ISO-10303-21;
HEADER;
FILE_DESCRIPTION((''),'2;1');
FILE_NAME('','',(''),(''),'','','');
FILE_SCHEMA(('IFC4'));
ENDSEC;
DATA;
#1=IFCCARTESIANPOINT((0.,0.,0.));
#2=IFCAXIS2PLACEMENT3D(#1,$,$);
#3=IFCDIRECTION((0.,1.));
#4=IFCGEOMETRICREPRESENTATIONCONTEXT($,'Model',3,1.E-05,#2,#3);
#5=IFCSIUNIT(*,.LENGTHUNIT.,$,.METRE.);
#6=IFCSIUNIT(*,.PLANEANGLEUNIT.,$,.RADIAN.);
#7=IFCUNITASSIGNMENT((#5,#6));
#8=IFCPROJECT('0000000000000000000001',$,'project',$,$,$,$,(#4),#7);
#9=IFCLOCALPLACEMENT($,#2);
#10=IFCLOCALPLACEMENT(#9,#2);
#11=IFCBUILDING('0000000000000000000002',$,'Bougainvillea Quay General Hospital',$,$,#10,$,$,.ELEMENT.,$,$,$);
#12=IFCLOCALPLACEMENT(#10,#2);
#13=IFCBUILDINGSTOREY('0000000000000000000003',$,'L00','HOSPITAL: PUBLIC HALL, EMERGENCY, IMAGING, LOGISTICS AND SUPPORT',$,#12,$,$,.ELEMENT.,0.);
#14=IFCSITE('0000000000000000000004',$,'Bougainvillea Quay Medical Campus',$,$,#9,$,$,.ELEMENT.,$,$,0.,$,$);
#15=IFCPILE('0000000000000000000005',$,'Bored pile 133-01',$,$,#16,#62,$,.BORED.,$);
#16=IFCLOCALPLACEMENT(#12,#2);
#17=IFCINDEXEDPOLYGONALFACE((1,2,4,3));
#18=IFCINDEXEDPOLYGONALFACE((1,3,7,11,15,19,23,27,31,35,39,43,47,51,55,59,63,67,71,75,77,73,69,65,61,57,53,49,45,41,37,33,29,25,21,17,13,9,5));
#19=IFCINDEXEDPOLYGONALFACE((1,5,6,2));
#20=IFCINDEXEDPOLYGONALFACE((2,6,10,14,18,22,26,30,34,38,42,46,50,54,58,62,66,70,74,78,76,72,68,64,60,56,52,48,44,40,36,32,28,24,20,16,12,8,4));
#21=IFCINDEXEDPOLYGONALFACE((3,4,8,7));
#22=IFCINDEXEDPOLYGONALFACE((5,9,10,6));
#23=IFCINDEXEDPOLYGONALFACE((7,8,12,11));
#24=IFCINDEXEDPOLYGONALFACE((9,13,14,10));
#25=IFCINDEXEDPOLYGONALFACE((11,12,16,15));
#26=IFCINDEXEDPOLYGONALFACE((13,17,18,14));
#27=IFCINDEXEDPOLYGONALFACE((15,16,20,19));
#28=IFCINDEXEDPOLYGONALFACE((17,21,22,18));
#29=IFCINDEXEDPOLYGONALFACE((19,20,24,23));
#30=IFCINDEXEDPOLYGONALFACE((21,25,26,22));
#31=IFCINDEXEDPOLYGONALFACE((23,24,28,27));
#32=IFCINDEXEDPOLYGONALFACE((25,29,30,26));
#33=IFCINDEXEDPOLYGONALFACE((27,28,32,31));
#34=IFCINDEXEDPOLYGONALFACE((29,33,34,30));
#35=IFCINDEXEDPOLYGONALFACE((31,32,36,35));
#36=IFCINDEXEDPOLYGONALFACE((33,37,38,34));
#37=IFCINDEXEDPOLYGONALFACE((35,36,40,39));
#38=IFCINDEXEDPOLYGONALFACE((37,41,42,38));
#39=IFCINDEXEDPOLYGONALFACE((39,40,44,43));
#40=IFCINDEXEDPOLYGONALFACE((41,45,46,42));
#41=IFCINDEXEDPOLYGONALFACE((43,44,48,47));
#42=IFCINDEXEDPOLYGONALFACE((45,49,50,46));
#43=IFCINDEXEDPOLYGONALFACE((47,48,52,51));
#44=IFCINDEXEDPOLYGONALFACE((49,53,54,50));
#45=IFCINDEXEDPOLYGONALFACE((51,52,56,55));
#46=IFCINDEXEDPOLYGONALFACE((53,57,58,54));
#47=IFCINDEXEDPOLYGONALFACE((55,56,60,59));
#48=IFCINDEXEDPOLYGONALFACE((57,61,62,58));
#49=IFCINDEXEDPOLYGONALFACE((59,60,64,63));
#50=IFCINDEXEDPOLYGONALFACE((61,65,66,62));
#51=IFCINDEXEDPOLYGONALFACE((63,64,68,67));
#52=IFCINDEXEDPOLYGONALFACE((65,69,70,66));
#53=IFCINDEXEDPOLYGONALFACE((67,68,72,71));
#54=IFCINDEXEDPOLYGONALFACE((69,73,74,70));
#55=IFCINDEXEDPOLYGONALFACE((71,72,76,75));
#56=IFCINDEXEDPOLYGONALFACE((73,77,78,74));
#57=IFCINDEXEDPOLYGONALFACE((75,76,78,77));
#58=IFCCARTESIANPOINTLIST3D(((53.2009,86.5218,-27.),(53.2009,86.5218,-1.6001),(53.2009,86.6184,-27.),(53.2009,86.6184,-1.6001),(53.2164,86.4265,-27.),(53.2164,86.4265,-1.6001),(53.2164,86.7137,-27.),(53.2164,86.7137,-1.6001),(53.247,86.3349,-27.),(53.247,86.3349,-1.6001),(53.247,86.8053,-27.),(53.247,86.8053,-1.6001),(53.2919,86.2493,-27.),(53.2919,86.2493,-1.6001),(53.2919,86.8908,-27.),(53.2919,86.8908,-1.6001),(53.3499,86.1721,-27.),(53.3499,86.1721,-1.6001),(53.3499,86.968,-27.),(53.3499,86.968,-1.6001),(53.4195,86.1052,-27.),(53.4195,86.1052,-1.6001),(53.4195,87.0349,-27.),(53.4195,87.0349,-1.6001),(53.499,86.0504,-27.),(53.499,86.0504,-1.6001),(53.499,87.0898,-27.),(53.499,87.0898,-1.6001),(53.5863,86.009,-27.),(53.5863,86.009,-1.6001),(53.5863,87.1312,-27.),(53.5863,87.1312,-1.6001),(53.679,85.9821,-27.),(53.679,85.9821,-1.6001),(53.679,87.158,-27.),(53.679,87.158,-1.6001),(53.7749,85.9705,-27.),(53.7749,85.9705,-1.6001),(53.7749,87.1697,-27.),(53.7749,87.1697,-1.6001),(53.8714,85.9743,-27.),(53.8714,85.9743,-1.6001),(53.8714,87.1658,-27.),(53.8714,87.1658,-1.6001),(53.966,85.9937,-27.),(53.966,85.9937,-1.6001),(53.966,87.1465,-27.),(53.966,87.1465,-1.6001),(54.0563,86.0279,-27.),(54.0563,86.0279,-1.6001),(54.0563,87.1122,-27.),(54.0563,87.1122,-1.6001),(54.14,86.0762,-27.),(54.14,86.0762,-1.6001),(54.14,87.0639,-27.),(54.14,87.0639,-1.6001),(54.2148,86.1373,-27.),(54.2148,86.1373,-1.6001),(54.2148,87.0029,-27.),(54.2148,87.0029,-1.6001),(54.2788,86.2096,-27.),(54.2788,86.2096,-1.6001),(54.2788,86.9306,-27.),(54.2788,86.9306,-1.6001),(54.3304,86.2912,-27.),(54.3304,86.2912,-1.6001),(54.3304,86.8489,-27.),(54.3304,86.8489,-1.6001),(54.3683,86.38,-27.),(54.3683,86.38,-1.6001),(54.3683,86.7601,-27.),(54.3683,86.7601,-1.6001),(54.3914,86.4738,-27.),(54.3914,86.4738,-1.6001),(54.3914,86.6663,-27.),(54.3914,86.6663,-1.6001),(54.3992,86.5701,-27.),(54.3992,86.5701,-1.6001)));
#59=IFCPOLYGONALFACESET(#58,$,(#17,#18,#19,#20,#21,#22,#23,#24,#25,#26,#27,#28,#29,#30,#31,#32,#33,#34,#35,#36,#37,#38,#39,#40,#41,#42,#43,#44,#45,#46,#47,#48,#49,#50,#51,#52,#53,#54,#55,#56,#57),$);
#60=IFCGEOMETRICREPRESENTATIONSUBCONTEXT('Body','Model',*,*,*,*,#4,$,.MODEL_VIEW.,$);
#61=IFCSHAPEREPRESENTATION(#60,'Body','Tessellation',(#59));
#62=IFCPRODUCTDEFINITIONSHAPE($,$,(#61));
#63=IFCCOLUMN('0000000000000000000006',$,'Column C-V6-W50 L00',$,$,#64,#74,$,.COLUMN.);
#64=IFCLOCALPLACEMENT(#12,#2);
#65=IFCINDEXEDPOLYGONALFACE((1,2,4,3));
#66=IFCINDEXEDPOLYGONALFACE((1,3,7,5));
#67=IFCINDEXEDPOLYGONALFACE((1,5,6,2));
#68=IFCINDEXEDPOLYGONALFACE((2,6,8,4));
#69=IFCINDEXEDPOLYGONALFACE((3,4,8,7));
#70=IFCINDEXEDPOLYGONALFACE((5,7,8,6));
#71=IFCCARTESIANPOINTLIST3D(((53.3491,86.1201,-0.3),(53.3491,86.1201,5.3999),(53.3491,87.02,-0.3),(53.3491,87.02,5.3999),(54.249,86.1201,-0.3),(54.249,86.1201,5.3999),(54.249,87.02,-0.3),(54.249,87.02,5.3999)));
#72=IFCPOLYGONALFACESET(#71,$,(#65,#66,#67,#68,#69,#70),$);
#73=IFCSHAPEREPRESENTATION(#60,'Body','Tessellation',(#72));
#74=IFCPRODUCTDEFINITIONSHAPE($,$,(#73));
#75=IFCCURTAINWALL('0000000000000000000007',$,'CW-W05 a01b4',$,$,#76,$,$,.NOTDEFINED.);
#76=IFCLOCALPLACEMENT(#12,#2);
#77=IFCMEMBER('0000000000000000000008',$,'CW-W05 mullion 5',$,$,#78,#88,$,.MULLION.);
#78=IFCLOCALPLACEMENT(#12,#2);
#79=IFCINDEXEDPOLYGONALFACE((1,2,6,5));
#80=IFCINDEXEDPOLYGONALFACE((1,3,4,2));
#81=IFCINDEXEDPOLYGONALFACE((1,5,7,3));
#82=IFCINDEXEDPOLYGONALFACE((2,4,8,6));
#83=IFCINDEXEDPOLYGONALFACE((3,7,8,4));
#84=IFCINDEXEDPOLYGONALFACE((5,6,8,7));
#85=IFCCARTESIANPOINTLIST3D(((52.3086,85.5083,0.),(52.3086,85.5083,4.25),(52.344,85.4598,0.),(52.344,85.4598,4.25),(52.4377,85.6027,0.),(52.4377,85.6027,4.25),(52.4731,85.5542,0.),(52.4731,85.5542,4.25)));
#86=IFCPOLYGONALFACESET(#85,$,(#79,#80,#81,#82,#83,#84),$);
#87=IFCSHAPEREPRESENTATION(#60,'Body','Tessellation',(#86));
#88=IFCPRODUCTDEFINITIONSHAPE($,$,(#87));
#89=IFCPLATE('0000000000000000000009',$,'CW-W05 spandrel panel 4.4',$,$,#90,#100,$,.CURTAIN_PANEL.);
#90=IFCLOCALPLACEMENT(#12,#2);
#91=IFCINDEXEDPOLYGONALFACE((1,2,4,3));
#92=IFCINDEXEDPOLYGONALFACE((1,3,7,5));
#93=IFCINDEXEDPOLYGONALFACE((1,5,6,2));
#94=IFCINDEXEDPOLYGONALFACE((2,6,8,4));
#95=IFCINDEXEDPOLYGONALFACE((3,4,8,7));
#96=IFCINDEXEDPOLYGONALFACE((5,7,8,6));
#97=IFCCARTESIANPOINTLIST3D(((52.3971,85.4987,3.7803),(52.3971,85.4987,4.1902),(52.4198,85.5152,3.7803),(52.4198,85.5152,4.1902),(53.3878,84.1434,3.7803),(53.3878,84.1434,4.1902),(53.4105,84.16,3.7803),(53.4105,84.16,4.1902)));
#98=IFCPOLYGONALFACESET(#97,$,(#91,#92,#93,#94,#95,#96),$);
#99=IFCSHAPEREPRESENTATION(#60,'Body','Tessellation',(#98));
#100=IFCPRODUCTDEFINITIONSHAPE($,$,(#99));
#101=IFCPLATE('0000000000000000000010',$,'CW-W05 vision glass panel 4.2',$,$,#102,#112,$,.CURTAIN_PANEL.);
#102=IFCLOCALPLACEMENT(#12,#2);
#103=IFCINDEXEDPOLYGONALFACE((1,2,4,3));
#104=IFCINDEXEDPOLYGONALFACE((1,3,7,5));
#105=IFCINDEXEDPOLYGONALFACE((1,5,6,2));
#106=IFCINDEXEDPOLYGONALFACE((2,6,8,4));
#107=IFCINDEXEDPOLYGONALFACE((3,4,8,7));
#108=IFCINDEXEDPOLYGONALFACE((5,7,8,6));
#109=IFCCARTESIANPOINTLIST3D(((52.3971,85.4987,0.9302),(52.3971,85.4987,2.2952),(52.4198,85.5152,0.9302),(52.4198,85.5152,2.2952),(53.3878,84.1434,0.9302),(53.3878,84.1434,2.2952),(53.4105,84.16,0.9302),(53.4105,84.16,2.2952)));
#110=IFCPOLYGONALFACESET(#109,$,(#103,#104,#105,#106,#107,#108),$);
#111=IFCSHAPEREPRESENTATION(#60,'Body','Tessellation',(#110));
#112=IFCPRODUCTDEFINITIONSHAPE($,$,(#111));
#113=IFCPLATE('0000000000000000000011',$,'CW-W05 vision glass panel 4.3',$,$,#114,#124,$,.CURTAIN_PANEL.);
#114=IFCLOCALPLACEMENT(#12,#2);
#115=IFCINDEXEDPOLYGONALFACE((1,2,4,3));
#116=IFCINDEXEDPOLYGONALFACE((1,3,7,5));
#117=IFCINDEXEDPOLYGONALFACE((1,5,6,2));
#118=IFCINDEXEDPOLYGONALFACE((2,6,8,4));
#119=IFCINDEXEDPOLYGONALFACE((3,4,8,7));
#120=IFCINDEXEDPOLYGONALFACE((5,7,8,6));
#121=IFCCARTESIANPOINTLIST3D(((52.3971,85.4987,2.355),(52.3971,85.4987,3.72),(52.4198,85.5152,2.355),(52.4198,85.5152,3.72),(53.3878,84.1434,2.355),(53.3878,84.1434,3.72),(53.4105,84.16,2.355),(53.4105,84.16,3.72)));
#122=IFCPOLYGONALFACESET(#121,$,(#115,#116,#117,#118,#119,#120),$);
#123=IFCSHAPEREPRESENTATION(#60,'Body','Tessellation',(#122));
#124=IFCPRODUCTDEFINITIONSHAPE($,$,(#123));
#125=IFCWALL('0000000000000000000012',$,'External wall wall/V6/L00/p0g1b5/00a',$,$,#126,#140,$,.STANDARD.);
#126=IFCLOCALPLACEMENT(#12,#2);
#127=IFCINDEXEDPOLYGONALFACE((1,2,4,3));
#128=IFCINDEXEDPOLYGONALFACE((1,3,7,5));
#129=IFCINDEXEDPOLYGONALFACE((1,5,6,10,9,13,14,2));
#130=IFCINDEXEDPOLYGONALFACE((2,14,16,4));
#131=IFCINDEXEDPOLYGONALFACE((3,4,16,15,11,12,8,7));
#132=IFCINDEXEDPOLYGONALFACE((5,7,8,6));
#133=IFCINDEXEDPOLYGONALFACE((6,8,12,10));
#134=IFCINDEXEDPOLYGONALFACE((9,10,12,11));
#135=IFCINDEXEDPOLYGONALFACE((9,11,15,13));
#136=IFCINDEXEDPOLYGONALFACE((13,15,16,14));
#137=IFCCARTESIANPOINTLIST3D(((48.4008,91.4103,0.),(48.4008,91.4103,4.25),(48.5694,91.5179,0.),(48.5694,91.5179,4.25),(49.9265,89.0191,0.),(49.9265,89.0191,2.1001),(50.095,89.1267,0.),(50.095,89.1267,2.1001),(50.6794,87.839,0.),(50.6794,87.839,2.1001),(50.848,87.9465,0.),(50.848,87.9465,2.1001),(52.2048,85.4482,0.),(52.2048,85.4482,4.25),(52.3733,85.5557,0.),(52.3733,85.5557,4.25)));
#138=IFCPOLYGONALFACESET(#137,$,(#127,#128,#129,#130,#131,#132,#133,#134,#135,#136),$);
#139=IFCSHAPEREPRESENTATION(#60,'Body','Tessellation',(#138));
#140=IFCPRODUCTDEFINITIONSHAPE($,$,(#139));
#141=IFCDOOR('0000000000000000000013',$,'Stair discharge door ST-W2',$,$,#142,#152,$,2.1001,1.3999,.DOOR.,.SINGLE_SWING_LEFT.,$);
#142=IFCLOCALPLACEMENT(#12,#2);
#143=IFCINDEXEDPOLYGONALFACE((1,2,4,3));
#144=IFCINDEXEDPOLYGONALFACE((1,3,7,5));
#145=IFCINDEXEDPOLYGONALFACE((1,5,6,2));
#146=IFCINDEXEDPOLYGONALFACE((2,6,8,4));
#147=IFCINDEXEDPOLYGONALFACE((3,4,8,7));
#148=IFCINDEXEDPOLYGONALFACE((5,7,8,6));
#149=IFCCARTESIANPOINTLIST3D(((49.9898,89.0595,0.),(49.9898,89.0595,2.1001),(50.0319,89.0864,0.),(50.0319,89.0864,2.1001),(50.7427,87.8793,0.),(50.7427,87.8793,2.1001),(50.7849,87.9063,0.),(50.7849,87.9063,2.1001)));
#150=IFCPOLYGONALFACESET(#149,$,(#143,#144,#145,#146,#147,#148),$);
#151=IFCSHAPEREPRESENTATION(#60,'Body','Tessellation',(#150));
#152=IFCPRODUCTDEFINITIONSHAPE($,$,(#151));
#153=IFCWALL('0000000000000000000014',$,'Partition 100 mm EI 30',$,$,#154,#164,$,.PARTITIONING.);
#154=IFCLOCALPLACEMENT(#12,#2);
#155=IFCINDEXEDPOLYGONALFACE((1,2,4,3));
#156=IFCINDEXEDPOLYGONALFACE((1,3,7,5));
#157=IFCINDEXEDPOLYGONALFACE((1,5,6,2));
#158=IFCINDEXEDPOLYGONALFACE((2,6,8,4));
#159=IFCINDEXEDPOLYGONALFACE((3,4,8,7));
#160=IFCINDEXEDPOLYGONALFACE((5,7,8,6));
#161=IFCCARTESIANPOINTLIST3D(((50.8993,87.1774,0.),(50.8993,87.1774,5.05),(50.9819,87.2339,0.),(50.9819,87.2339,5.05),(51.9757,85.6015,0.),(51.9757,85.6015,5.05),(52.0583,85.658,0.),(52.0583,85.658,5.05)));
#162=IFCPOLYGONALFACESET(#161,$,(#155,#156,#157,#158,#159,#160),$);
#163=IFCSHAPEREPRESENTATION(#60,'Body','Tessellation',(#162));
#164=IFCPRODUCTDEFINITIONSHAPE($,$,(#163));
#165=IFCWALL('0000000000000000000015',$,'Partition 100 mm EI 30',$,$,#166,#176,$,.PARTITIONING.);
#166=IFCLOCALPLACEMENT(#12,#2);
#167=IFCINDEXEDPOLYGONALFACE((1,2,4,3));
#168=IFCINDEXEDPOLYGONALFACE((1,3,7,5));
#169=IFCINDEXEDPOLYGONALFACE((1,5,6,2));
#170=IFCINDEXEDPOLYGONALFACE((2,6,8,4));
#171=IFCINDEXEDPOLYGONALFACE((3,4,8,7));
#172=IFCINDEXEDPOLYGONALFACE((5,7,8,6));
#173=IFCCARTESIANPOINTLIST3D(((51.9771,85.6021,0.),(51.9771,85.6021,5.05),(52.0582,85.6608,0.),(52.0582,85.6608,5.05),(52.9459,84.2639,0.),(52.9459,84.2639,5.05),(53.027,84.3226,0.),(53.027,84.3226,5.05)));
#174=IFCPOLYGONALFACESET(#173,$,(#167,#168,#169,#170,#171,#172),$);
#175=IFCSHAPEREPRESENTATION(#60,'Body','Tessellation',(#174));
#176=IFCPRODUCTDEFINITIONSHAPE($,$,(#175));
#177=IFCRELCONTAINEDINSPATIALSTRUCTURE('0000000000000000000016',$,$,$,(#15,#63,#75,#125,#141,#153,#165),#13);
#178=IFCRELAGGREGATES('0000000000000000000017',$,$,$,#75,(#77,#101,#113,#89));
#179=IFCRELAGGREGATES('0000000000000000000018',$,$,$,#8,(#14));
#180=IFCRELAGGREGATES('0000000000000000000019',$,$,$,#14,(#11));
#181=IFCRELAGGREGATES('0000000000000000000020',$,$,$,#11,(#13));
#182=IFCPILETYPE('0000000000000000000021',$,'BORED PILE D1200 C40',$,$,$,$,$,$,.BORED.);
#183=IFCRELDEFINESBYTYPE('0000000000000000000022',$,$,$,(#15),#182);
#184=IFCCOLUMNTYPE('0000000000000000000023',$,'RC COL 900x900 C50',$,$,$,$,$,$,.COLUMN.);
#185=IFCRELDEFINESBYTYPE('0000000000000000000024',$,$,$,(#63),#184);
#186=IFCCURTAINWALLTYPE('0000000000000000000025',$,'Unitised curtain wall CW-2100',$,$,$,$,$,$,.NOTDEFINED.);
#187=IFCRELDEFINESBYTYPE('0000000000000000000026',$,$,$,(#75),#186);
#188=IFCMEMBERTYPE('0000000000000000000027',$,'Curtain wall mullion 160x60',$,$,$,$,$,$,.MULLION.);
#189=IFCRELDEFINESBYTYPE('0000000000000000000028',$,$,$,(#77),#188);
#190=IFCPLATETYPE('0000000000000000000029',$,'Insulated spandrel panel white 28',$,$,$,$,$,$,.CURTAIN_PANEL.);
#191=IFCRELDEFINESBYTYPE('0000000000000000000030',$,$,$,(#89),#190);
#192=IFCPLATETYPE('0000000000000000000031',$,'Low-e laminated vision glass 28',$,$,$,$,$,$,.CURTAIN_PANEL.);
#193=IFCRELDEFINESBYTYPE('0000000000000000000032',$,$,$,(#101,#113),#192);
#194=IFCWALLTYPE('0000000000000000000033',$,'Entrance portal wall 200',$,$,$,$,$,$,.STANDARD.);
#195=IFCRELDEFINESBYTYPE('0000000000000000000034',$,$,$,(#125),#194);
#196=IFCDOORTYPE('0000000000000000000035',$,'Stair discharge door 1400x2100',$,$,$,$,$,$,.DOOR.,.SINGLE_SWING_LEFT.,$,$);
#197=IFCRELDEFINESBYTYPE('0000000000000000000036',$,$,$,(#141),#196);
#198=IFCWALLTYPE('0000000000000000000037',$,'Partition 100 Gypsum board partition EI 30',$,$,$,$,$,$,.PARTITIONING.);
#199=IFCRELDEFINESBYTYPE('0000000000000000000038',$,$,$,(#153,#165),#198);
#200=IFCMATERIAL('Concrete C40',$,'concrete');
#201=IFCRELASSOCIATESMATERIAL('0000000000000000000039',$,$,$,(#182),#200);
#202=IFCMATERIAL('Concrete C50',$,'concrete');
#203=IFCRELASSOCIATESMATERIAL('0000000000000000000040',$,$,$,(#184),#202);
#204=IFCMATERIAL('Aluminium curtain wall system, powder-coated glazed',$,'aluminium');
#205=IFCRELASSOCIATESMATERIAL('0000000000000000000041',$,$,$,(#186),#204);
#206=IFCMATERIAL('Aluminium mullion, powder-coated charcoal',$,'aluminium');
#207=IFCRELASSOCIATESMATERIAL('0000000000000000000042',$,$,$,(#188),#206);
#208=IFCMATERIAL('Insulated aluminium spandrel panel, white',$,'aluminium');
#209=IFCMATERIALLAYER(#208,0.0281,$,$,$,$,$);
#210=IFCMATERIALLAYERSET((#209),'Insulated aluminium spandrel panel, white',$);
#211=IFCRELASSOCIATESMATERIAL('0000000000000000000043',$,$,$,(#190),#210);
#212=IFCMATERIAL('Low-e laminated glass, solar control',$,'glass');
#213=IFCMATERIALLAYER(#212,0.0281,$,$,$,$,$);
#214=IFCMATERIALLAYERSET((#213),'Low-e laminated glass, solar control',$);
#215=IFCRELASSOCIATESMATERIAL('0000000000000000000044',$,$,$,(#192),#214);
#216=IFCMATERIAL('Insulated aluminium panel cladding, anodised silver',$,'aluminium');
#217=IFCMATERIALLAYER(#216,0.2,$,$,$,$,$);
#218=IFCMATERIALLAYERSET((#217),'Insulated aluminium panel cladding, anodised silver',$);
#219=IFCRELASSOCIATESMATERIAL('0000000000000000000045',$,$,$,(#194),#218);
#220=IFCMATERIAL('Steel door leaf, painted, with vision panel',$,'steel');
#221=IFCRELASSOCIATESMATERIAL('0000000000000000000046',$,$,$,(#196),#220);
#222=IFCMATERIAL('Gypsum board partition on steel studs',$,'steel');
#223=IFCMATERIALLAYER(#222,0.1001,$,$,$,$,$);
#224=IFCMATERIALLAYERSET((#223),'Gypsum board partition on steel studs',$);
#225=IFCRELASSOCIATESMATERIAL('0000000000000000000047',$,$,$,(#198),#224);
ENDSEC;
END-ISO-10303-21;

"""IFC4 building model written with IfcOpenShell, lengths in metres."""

from ifc_helpers import new_model, si_unit, direction, frame, frame_2d, origin, origin_2d, place, context, subcontext, project, spatial, rectangle, circle, extrude, material, layer, layer_set, material_profile, profile_set, type_object, element, fill, aggregate, save


model = new_model("IFC4")

# Units and contexts
model_context = context("Model", 3, precision=1e-05, world=origin(), true_north=direction((0.0, 1.0)))
body_context = subcontext(model_context, "Body", "Model", "MODEL_VIEW")
ifc_project = project(units=[si_unit("LENGTHUNIT", "METRE"), si_unit("PLANEANGLEUNIT", "RADIAN")], contexts=[model_context])

# Site, building, storey
site_placement = place(None, origin())
site = spatial("IfcSite", under=ifc_project, at=site_placement, Name="Bougainvillea Quay Medical Campus", CompositionType="ELEMENT", RefElevation=0.0)
building_placement = place(site_placement, origin())
building = spatial("IfcBuilding", under=site, at=building_placement, Name="Bougainvillea Quay General Hospital", CompositionType="ELEMENT")
storey_placement = place(building_placement, origin())
storey = spatial("IfcBuildingStorey", under=building, at=storey_placement, Name="L00", Description="HOSPITAL: PUBLIC HALL, EMERGENCY, IMAGING, LOGISTICS AND SUPPORT", CompositionType="ELEMENT", Elevation=0.0)

# Pile
ifc_material_1 = material(Name="Concrete C40", Category="concrete")
ifc_material_profile_1 = material_profile(ifc_material_1, circle(Radius=0.6001, at=origin_2d()))
ifc_profile_set_1 = profile_set([ifc_material_profile_1], Name="Concrete C40")
pile_type = type_object("IfcPileType", Name="BORED PILE D1200 C40", PredefinedType="BORED", material=ifc_profile_set_1)
pile_placement = place(storey_placement, frame((53.7991, 86.5701, -1.6001), z_axis=(0.0, 0.0, -1.0), x_axis=(1.0, 0.0, 0.0)))
element("IfcPile", 1, at=pile_placement, inside=storey, type_object=pile_type, Name="Bored pile 133-01", PredefinedType="BORED", context=body_context, shape_type="SweptSolid", body=[
    extrude(circle(Radius=0.6001, at=origin_2d()), origin(), (0.0, 0.0, 1.0), 25.3999),
])

# Column
ifc_material_2 = material(Name="Concrete C50", Category="concrete")
ifc_material_profile_2 = material_profile(ifc_material_2, rectangle(XDim=0.8999, YDim=0.8999, at=origin_2d()))
ifc_profile_set_2 = profile_set([ifc_material_profile_2], Name="Concrete C50")
column_type = type_object("IfcColumnType", Name="RC COL 900x900 C50", PredefinedType="COLUMN", material=ifc_profile_set_2)
column_placement = place(storey_placement, frame((53.7991, 86.5701, -0.3), z_axis=(0.0, 0.0, 1.0), x_axis=(1.0, 0.0, 0.0)))
element("IfcColumn", 2, at=column_placement, inside=storey, type_object=column_type, Name="Column C-V6-W50 L00", PredefinedType="COLUMN", context=body_context, shape_type="SweptSolid", body=[
    extrude(rectangle(XDim=0.8999, YDim=0.8999, at=origin_2d()), origin(), (0.0, 0.0, 1.0), 5.7),
])

# Curtain wall, member, plates
ifc_material_3 = material(Name="Aluminium curtain wall system, powder-coated glazed", Category="aluminium")
curtain_wall_type = type_object("IfcCurtainWallType", Name="Unitised curtain wall CW-2100", PredefinedType="NOTDEFINED", material=ifc_material_3)
curtain_wall_placement = place(storey_placement, origin())
curtain_wall = element("IfcCurtainWall", 3, at=curtain_wall_placement, inside=storey, type_object=curtain_wall_type, Name="CW-W05 a01b4", PredefinedType="NOTDEFINED")
ifc_material_4 = material(Name="Aluminium mullion, powder-coated charcoal", Category="aluminium")
ifc_material_profile_3 = material_profile(ifc_material_4, rectangle(XDim=0.1599, YDim=0.0601, at=origin_2d()))
ifc_profile_set_3 = profile_set([ifc_material_profile_3], Name="Aluminium mullion, powder-coated charcoal")
member_type = type_object("IfcMemberType", Name="Curtain wall mullion 160x60", PredefinedType="MULLION", material=ifc_profile_set_3)
member_placement = place(storey_placement, frame((52.3909, 85.5312, 0.0), z_axis=(0.0, 0.0, 1.0), x_axis=(-0.807305, -0.590134, 0.0)))
member = element("IfcMember", 4, at=member_placement, type_object=member_type, Name="CW-W05 mullion 5", PredefinedType="MULLION", context=body_context, shape_type="SweptSolid", body=[
    extrude(rectangle(XDim=0.1599, YDim=0.0601, at=origin_2d()), origin(), (0.0, 0.0, 1.0), 4.25),
])
ifc_material_5 = material(Name="Insulated aluminium spandrel panel, white", Category="aluminium")
ifc_layer_1 = layer(ifc_material_5, 0.0281)
ifc_layer_set_1 = layer_set([ifc_layer_1], Name="Insulated aluminium spandrel panel, white")
plate_type_1 = type_object("IfcPlateType", Name="Insulated spandrel panel white 28", PredefinedType="CURTAIN_PANEL", material=ifc_layer_set_1)
plate_1_placement = place(storey_placement, frame((52.9038, 84.8293, 3.7803), z_axis=(0.0, 0.0, 1.0), x_axis=(-0.590134, 0.807305, 0.0)))
plate_1 = element("IfcPlate", 5, at=plate_1_placement, type_object=plate_type_1, Name="CW-W05 spandrel panel 4.4", PredefinedType="CURTAIN_PANEL", context=body_context, shape_type="SweptSolid", body=[
    extrude(rectangle(XDim=1.6787, YDim=0.0281, at=origin_2d()), origin(), (0.0, 0.0, 1.0), 0.4099),
])
ifc_material_6 = material(Name="Low-e laminated glass, solar control", Category="glass")
ifc_layer_2 = layer(ifc_material_6, 0.0281)
ifc_layer_set_2 = layer_set([ifc_layer_2], Name="Low-e laminated glass, solar control")
plate_type_2 = type_object("IfcPlateType", Name="Low-e laminated vision glass 28", PredefinedType="CURTAIN_PANEL", material=ifc_layer_set_2)
plate_2_placement = place(storey_placement, frame((52.9038, 84.8293, 0.9302), z_axis=(0.0, 0.0, 1.0), x_axis=(-0.590134, 0.807305, 0.0)))
plate_2 = element("IfcPlate", 6, at=plate_2_placement, type_object=plate_type_2, Name="CW-W05 vision glass panel 4.2", PredefinedType="CURTAIN_PANEL", context=body_context, shape_type="SweptSolid", body=[
    extrude(rectangle(XDim=1.6787, YDim=0.0281, at=origin_2d()), origin(), (0.0, 0.0, 1.0), 1.365),
])
plate_3_placement = place(storey_placement, frame((52.9038, 84.8293, 2.355), z_axis=(0.0, 0.0, 1.0), x_axis=(-0.590134, 0.807305, 0.0)))
plate_3 = element("IfcPlate", 7, at=plate_3_placement, type_object=plate_type_2, Name="CW-W05 vision glass panel 4.3", PredefinedType="CURTAIN_PANEL", context=body_context, shape_type="SweptSolid", body=[
    extrude(rectangle(XDim=1.6787, YDim=0.0281, at=origin_2d()), origin(), (0.0, 0.0, 1.0), 1.365),
])
aggregate(curtain_wall, [member, plate_2, plate_3, plate_1])

# Wall, opening, door
ifc_material_7 = material(Name="Insulated aluminium panel cladding, anodised silver", Category="aluminium")
ifc_layer_3 = layer(ifc_material_7, 0.2)
ifc_layer_set_3 = layer_set([ifc_layer_3], Name="Insulated aluminium panel cladding, anodised silver")
wall_type_1 = type_object("IfcWallType", Name="Entrance portal wall 200", PredefinedType="STANDARD", material=ifc_layer_set_3)
wall_1_placement = place(storey_placement, frame((52.2891, 85.502, 0.0), z_axis=(0.0, 0.0, 1.0), x_axis=(-0.537867, 0.84303, 0.0)))
wall_1 = element("IfcWall", 8, at=wall_1_placement, inside=storey, type_object=wall_type_1, Name="External wall wall/V6/L00/p0g1b5/00a", PredefinedType="STANDARD", context=body_context, shape_type="SweptSolid", body=[
    extrude(rectangle(XDim=7.0723, YDim=0.2, at=frame_2d((3.5361, 0.0))), origin(), (0.0, 0.0, 1.0), 4.25),
])
opening_1_placement = place(wall_1_placement, frame((2.8359, 0.0, 0.0)))
opening_1 = element("IfcOpeningElement", 9, at=opening_1_placement, cuts=wall_1, PredefinedType="OPENING", context=body_context, shape_type="SweptSolid", body=[
    extrude(rectangle(XDim=1.3999, YDim=2.1001, at=frame_2d((0.7, 1.05))), frame((0.0, 0.1099, 0.0), z_axis=(0.0, -1.0, 0.0), x_axis=(1.0, 0.0, 0.0)), (0.0, 0.0, 1.0), 0.22),
])
ifc_material_8 = material(Name="Steel door leaf, painted, with vision panel", Category="steel")
door_type_1 = type_object("IfcDoorType", Name="Stair discharge door 1400x2100", OperationType="SINGLE_SWING_LEFT", PredefinedType="DOOR", material=ifc_material_8)
door_1_placement = place(opening_1_placement, origin())
door_1 = element("IfcDoor", 10, at=door_1_placement, inside=storey, type_object=door_type_1, Name="Stair discharge door ST-W2", OperationType="SINGLE_SWING_LEFT", OverallHeight=2.1001, OverallWidth=1.3999, PredefinedType="DOOR", context=body_context, shape_type="SweptSolid", body=[
    extrude(rectangle(XDim=1.3999, YDim=2.1001, at=frame_2d((0.7, 1.05))), frame((0.0, 0.0249, 0.0), z_axis=(0.0, -1.0, 0.0), x_axis=(1.0, 0.0, 0.0)), (0.0, 0.0, 1.0), 0.05),
])
fill(opening_1, door_1)

# Walls
ifc_material_9 = material(Name="Gypsum board partition on steel studs", Category="steel")
ifc_layer_4 = layer(ifc_material_9, 0.1001)
ifc_layer_set_4 = layer_set([ifc_layer_4], Name="Gypsum board partition on steel studs")
wall_type_2 = type_object("IfcWallType", Name="Partition 100 Gypsum board partition EI 30", PredefinedType="PARTITIONING", material=ifc_layer_set_4)
wall_2_placement = place(storey_placement, frame((50.9407, 87.2056, 0.0), z_axis=(0.0, 0.0, 1.0), x_axis=(0.564023, -0.825759, 0.0)))
element("IfcWall", 11, at=wall_2_placement, inside=storey, type_object=wall_type_2, Name="Partition 100 mm EI 30", PredefinedType="PARTITIONING", context=body_context, shape_type="SweptSolid", body=[
    extrude(rectangle(XDim=1.9084, YDim=0.1001, at=frame_2d((0.9541, 0.0))), origin(), (0.0, 0.0, 1.0), 5.05),
])
wall_3_placement = place(storey_placement, frame((52.0176, 85.6316, 0.0), z_axis=(0.0, 0.0, 1.0), x_axis=(0.586413, -0.810012, 0.0)))
element("IfcWall", 12, at=wall_3_placement, inside=storey, type_object=wall_type_2, Name="Partition 100 mm EI 30", PredefinedType="PARTITIONING", context=body_context, shape_type="SweptSolid", body=[
    extrude(rectangle(XDim=1.6521, YDim=0.1001, at=frame_2d((0.8262, 0.0))), origin(), (0.0, 0.0, 1.0), 5.05),
])

save(model, "model.ifc")
